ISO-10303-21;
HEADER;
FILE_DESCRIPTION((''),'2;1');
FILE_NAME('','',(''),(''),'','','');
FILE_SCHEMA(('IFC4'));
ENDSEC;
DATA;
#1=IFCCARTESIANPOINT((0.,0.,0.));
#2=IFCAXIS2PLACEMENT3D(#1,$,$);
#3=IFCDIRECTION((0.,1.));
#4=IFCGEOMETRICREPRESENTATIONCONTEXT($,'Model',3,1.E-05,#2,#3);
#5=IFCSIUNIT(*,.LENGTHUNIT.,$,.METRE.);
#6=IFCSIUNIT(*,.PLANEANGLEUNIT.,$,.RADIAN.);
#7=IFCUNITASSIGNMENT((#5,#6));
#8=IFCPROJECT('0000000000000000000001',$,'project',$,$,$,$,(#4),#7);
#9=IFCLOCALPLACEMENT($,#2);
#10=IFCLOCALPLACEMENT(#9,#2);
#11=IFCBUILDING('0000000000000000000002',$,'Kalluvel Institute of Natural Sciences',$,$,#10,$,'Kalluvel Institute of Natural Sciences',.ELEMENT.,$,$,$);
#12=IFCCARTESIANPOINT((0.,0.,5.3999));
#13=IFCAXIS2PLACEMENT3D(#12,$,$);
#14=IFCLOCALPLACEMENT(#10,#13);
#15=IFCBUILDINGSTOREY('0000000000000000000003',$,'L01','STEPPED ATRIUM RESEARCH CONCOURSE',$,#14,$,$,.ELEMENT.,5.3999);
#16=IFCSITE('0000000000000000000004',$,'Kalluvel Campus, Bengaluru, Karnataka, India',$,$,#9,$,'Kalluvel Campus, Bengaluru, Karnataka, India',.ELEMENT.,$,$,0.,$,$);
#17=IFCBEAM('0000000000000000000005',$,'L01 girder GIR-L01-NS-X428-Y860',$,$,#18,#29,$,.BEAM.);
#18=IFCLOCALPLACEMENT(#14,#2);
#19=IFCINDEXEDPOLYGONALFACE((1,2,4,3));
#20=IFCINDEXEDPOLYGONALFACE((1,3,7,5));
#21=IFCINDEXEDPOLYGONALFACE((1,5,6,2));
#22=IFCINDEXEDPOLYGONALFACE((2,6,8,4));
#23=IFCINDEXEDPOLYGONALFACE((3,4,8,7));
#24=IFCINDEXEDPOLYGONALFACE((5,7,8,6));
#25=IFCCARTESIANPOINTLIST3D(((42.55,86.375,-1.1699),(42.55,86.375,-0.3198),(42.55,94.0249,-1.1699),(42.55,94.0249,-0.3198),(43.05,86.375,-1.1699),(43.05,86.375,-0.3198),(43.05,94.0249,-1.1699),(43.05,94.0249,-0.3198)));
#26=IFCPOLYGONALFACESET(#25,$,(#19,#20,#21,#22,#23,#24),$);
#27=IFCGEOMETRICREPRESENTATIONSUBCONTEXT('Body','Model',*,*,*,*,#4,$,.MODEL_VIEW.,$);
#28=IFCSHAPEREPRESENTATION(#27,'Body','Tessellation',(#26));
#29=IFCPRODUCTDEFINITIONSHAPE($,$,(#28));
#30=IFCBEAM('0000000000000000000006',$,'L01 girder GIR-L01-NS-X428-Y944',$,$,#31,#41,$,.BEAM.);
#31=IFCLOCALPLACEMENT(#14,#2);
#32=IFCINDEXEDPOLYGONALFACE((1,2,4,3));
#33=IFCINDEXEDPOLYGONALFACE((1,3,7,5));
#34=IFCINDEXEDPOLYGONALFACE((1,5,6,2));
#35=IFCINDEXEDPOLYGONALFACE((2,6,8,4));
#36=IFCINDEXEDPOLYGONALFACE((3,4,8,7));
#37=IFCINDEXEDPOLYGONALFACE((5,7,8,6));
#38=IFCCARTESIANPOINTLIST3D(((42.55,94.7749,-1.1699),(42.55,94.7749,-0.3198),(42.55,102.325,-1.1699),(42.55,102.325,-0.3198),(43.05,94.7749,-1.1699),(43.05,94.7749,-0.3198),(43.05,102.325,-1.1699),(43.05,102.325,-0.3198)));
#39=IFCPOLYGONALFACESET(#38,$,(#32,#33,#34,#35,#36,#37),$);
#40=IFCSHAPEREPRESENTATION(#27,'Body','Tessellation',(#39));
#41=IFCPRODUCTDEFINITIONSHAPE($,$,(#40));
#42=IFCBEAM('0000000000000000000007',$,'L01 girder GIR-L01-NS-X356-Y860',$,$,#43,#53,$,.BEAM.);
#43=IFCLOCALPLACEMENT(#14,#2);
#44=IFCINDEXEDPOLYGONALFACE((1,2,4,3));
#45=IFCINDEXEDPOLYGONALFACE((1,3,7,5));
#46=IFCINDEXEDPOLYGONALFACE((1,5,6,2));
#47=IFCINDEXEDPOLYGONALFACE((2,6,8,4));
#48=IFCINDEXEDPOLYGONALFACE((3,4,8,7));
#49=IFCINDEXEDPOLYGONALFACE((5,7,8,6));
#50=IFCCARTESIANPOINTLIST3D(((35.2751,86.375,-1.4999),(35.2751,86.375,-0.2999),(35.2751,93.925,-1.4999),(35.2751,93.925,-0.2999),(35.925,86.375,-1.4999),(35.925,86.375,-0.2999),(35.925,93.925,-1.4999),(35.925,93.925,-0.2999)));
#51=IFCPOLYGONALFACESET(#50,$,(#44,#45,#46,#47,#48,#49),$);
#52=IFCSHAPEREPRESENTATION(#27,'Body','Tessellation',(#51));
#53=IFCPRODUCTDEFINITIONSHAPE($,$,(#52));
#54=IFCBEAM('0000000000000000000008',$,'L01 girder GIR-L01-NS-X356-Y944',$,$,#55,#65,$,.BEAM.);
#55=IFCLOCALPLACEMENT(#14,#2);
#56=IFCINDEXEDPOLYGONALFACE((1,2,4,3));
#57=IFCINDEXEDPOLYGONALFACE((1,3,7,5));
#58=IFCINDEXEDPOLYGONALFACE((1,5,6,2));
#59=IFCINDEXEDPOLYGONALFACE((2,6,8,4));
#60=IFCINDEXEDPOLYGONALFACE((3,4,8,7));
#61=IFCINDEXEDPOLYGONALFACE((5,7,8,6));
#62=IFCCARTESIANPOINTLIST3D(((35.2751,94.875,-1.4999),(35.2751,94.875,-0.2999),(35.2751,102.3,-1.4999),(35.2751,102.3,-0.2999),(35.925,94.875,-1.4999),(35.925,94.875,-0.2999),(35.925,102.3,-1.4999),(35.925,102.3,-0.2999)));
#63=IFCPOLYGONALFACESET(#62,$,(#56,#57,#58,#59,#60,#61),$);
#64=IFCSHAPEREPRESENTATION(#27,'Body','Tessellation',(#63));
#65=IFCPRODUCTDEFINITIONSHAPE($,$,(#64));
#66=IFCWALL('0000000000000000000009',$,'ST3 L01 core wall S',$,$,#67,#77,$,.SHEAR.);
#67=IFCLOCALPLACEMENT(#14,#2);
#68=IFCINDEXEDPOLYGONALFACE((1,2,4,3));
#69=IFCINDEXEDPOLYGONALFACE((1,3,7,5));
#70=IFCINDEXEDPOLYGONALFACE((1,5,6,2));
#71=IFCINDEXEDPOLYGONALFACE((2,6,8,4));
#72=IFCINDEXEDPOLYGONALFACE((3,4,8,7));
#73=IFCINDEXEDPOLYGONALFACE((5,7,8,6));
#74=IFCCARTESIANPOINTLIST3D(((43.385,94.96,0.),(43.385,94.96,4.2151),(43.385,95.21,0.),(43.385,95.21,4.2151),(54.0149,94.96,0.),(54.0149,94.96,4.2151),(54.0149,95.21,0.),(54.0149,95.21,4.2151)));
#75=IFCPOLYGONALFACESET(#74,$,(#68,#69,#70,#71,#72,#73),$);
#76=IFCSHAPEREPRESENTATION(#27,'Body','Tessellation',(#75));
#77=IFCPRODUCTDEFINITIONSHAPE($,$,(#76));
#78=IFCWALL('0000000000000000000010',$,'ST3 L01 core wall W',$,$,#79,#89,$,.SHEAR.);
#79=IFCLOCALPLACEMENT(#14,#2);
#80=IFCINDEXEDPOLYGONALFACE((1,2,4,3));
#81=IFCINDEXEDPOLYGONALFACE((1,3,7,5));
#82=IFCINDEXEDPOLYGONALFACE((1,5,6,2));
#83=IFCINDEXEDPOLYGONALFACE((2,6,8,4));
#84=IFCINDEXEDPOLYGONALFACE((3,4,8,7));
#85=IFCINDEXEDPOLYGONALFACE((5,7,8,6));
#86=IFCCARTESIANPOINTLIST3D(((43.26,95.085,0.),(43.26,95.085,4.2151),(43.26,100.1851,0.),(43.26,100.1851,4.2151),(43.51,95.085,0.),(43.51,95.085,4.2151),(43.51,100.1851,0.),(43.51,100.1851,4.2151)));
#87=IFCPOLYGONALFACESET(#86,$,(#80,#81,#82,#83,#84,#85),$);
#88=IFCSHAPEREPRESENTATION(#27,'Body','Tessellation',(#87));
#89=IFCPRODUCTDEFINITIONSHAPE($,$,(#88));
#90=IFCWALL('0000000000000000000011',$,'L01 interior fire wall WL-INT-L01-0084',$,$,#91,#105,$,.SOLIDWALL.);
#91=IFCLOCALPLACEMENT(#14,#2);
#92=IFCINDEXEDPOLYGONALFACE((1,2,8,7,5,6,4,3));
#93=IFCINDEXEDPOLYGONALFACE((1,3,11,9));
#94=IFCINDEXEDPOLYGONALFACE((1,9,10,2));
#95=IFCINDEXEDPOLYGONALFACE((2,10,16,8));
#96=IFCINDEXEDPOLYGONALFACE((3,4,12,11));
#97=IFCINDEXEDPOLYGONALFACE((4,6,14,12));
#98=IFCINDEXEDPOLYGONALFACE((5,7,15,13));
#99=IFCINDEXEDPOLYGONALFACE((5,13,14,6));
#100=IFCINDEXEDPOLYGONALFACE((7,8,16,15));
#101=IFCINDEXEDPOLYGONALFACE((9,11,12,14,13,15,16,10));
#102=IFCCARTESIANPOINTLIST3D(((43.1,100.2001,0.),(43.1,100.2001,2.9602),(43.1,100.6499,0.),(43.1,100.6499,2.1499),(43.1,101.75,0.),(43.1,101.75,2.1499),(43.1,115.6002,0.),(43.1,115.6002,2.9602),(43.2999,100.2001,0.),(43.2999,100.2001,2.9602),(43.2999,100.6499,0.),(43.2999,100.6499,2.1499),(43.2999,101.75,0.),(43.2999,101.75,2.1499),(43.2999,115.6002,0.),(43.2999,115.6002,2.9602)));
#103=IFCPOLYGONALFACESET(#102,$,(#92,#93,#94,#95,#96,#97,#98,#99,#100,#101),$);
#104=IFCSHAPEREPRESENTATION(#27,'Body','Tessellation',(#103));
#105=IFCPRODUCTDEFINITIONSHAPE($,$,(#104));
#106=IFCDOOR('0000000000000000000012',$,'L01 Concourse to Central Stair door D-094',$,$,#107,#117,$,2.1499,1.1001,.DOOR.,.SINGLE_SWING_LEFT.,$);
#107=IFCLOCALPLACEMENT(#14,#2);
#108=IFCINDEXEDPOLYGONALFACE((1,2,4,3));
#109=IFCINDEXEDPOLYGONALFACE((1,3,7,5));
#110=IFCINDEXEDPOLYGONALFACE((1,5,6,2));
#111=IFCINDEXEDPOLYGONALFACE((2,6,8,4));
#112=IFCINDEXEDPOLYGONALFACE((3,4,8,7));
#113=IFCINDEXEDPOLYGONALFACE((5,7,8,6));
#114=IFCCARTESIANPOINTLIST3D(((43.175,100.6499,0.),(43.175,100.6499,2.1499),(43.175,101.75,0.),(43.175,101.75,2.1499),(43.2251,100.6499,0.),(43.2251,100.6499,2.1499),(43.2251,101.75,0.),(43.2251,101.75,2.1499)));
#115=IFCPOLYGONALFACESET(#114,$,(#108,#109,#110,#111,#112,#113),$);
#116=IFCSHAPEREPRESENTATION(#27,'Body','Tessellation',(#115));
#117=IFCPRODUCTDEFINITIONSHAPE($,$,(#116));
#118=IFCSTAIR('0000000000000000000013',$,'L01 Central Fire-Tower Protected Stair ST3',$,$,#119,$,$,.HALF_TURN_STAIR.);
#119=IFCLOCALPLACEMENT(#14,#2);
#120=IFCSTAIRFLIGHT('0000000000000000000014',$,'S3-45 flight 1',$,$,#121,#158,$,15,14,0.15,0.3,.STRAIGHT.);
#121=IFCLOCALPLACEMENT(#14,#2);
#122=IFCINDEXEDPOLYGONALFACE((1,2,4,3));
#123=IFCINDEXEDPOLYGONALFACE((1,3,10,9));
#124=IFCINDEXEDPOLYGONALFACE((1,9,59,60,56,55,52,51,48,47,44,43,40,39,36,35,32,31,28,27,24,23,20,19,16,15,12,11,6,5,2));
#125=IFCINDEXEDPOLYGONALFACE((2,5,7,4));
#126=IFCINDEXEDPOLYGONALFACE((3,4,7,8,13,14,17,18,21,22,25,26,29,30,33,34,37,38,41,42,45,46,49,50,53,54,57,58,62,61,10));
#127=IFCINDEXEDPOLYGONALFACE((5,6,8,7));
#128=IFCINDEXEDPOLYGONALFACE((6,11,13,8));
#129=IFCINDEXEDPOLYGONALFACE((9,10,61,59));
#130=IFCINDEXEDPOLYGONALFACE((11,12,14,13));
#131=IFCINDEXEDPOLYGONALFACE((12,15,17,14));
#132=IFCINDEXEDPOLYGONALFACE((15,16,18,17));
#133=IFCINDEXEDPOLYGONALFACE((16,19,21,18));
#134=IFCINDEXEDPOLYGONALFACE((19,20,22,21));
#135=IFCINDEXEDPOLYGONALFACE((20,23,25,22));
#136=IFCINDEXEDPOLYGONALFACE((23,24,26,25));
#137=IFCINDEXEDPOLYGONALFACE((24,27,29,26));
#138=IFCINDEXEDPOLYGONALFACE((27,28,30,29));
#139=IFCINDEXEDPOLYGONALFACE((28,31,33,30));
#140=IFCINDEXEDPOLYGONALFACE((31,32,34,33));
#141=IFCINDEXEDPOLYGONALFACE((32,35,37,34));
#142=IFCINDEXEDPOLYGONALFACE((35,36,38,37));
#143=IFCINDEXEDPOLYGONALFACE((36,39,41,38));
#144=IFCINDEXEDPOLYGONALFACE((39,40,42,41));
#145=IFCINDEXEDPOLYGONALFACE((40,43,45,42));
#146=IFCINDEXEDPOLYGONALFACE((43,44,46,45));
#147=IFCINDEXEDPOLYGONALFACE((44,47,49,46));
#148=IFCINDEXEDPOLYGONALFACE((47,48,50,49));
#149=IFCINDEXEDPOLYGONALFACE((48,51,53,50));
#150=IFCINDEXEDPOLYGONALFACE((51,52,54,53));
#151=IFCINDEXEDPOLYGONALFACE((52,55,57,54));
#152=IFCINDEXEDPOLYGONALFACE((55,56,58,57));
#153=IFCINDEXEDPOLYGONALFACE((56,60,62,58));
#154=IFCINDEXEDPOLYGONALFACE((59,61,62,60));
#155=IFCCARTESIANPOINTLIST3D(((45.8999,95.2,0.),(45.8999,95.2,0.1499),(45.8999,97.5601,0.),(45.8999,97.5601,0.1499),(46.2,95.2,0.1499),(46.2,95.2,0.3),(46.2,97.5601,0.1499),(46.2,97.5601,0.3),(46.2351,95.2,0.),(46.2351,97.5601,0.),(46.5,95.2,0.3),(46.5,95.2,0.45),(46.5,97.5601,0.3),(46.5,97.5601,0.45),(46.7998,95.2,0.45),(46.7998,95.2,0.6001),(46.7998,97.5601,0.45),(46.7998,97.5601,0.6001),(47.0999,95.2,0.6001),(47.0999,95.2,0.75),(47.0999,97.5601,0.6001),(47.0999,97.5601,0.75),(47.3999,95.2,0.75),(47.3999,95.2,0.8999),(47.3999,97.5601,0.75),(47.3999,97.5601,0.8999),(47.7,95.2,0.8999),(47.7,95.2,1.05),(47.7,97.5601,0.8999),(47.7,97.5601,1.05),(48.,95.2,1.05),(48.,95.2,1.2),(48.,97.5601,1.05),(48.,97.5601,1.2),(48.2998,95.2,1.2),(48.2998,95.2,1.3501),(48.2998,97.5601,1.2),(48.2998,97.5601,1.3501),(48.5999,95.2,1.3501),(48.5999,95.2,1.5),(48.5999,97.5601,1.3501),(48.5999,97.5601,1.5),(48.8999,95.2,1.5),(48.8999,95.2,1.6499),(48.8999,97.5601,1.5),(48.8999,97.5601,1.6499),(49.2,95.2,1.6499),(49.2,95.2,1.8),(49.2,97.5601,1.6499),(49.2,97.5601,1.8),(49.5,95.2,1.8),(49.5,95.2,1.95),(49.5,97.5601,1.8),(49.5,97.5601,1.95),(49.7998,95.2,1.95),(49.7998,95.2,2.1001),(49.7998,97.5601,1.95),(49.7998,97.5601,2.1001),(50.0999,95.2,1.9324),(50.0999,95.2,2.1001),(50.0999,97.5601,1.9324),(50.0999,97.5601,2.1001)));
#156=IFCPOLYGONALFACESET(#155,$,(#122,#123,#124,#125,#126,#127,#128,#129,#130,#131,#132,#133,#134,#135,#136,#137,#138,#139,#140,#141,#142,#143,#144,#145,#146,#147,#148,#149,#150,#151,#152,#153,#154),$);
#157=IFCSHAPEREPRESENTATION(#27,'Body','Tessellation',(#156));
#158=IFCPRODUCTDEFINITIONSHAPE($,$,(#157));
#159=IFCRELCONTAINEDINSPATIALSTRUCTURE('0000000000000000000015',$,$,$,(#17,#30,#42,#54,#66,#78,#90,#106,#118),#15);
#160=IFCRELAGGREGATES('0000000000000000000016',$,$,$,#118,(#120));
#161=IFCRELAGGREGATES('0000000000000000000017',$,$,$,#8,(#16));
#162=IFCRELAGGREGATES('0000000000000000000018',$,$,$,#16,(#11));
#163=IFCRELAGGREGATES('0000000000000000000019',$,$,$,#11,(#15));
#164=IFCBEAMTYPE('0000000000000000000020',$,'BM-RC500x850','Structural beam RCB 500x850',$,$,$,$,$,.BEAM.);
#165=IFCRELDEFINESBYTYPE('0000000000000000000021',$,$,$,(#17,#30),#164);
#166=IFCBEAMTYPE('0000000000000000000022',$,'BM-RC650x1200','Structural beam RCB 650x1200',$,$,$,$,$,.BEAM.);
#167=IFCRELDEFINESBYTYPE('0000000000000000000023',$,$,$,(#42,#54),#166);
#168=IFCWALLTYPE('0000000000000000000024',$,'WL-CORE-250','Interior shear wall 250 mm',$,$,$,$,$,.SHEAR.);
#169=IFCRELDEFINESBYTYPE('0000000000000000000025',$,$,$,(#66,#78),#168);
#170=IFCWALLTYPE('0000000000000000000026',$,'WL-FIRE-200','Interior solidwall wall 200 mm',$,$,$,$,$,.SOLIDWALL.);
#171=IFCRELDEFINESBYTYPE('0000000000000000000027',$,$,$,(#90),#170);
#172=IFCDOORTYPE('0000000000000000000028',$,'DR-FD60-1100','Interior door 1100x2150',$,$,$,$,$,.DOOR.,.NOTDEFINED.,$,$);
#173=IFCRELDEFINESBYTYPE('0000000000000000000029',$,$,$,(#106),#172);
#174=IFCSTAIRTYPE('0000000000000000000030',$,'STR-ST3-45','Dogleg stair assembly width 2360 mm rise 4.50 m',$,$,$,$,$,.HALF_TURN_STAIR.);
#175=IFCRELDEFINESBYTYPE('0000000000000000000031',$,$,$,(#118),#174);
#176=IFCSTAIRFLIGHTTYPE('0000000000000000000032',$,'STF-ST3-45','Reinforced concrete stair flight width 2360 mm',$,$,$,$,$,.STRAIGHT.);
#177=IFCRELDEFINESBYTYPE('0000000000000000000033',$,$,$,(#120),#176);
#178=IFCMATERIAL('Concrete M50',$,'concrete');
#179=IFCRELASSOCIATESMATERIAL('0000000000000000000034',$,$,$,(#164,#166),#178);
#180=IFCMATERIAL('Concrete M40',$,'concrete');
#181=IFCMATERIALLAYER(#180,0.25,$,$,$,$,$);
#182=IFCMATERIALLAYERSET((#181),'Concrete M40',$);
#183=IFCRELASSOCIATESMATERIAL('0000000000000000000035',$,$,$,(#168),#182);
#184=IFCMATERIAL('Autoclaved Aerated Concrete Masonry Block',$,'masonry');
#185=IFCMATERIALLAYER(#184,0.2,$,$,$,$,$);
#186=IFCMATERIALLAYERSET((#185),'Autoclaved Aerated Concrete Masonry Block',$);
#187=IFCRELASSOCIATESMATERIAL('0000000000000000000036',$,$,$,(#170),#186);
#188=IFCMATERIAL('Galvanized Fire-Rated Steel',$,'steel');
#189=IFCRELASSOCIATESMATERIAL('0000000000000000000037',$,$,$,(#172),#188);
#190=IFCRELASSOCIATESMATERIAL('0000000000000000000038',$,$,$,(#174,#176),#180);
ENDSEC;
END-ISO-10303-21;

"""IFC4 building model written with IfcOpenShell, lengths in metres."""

from ifc_helpers import new_model, si_unit, direction, frame, frame_2d, origin, origin_2d, place, context, subcontext, project, spatial, polyline, rectangle, outline, extrude, material, layer, layer_set, material_profile, profile_set, type_object, element, fill, aggregate, save


model = new_model("IFC4")

# Units and contexts
model_context = context("Model", 3, precision=1e-05, world=origin(), true_north=direction((0.0, 1.0)))
body_context = subcontext(model_context, "Body", "Model", "MODEL_VIEW")
ifc_project = project(units=[si_unit("LENGTHUNIT", "METRE"), si_unit("PLANEANGLEUNIT", "RADIAN")], contexts=[model_context])

# Site, building, storey
site_placement = place(None, origin())
site = spatial("IfcSite", under=ifc_project, at=site_placement, Name="Kalluvel Campus, Bengaluru, Karnataka, India", LongName="Kalluvel Campus, Bengaluru, Karnataka, India", CompositionType="ELEMENT", RefElevation=0.0)
building_placement = place(site_placement, origin())
building = spatial("IfcBuilding", under=site, at=building_placement, Name="Kalluvel Institute of Natural Sciences", LongName="Kalluvel Institute of Natural Sciences", CompositionType="ELEMENT")
storey_placement = place(building_placement, frame((0.0, 0.0, 5.3999)))
storey = spatial("IfcBuildingStorey", under=building, at=storey_placement, Name="L01", Description="STEPPED ATRIUM RESEARCH CONCOURSE", CompositionType="ELEMENT", Elevation=5.3999)

# Shared definitions
ifc_material_1 = material(Name="Concrete M50", Category="concrete")
ifc_material_2 = material(Name="Concrete M40", Category="concrete")

# Beams
ifc_material_profile_1 = material_profile(ifc_material_1, rectangle(XDim=0.5, YDim=0.8501, at=origin_2d()), Name="RCB 500x850")
ifc_profile_set_1 = profile_set([ifc_material_profile_1], Name="Concrete M50")
beam_type_1 = type_object("IfcBeamType", Name="BM-RC500x850", Description="Structural beam RCB 500x850", PredefinedType="BEAM", material=ifc_profile_set_1)
beam_1_placement = place(storey_placement, frame((42.8, 86.375, -0.7449), z_axis=(0.0, 1.0, 0.0), x_axis=(-1.0, 0.0, 0.0)))
element("IfcBeam", 1, at=beam_1_placement, inside=storey, type_object=beam_type_1, Name="L01 girder GIR-L01-NS-X428-Y860", PredefinedType="BEAM", context=body_context, shape_type="SweptSolid", body=[
    extrude(rectangle(XDim=0.5, YDim=0.8501, at=origin_2d()), origin(), (0.0, 0.0, 1.0), 7.6499),
])
beam_2_placement = place(storey_placement, frame((42.8, 94.7749, -0.7449), z_axis=(0.0, 1.0, 0.0), x_axis=(-1.0, 0.0, 0.0)))
element("IfcBeam", 2, at=beam_2_placement, inside=storey, type_object=beam_type_1, Name="L01 girder GIR-L01-NS-X428-Y944", PredefinedType="BEAM", context=body_context, shape_type="SweptSolid", body=[
    extrude(rectangle(XDim=0.5, YDim=0.8501, at=origin_2d()), origin(), (0.0, 0.0, 1.0), 7.55),
])
ifc_material_profile_2 = material_profile(ifc_material_1, rectangle(XDim=0.6499, YDim=1.2, at=origin_2d()), Name="RCB 650x1200")
ifc_profile_set_2 = profile_set([ifc_material_profile_2], Name="Concrete M50")
beam_type_2 = type_object("IfcBeamType", Name="BM-RC650x1200", Description="Structural beam RCB 650x1200", PredefinedType="BEAM", material=ifc_profile_set_2)
beam_3_placement = place(storey_placement, frame((35.6001, 86.375, -0.8999), z_axis=(0.0, 1.0, 0.0), x_axis=(-1.0, 0.0, 0.0)))
element("IfcBeam", 3, at=beam_3_placement, inside=storey, type_object=beam_type_2, Name="L01 girder GIR-L01-NS-X356-Y860", PredefinedType="BEAM", context=body_context, shape_type="SweptSolid", body=[
    extrude(rectangle(XDim=0.6499, YDim=1.2, at=origin_2d()), origin(), (0.0, 0.0, 1.0), 7.55),
])
beam_4_placement = place(storey_placement, frame((35.6001, 94.875, -0.8999), z_axis=(0.0, 1.0, 0.0), x_axis=(-1.0, 0.0, 0.0)))
element("IfcBeam", 4, at=beam_4_placement, inside=storey, type_object=beam_type_2, Name="L01 girder GIR-L01-NS-X356-Y944", PredefinedType="BEAM", context=body_context, shape_type="SweptSolid", body=[
    extrude(rectangle(XDim=0.6499, YDim=1.2, at=origin_2d()), origin(), (0.0, 0.0, 1.0), 7.425),
])

# Walls
ifc_layer_1 = layer(ifc_material_2, 0.25)
ifc_layer_set_1 = layer_set([ifc_layer_1], Name="Concrete M40")
wall_type_1 = type_object("IfcWallType", Name="WL-CORE-250", Description="Interior shear wall 250 mm", PredefinedType="SHEAR", material=ifc_layer_set_1)
wall_1_placement = place(storey_placement, frame((43.385, 95.085, 0.0), z_axis=(0.0, 0.0, 1.0), x_axis=(1.0, 0.0, 0.0)))
element("IfcWall", 5, at=wall_1_placement, inside=storey, type_object=wall_type_1, Name="ST3 L01 core wall S", PredefinedType="SHEAR", context=body_context, shape_type="SweptSolid", body=[
    extrude(rectangle(XDim=10.6299, YDim=0.25, at=frame_2d((5.3149, 0.0))), origin(), (0.0, 0.0, 1.0), 4.2151),
])
wall_2_placement = place(storey_placement, frame((43.385, 100.1851, 0.0), z_axis=(0.0, 0.0, 1.0), x_axis=(0.0, -1.0, 0.0)))
element("IfcWall", 6, at=wall_2_placement, inside=storey, type_object=wall_type_1, Name="ST3 L01 core wall W", PredefinedType="SHEAR", context=body_context, shape_type="SweptSolid", body=[
    extrude(rectangle(XDim=5.1001, YDim=0.25, at=frame_2d((2.55, 0.0))), origin(), (0.0, 0.0, 1.0), 4.2151),
])

# Wall, opening, door
ifc_material_3 = material(Name="Autoclaved Aerated Concrete Masonry Block", Category="masonry")
ifc_layer_2 = layer(ifc_material_3, 0.2)
ifc_layer_set_2 = layer_set([ifc_layer_2], Name="Autoclaved Aerated Concrete Masonry Block")
wall_type_2 = type_object("IfcWallType", Name="WL-FIRE-200", Description="Interior solidwall wall 200 mm", PredefinedType="SOLIDWALL", material=ifc_layer_set_2)
ifc_material_4 = material(Name="Galvanized Fire-Rated Steel", Category="steel")
door_type = type_object("IfcDoorType", Name="DR-FD60-1100", Description="Interior door 1100x2150", OperationType="NOTDEFINED", PredefinedType="DOOR", material=ifc_material_4)
wall_3_placement = place(storey_placement, frame((43.2, 100.2, 0.0), z_axis=(0.0, 0.0, 1.0), x_axis=(0.0, 1.0, 0.0)))
wall_3 = element("IfcWall", 7, at=wall_3_placement, inside=storey, type_object=wall_type_2, Name="L01 interior fire wall WL-INT-L01-0084", PredefinedType="SOLIDWALL", context=body_context, shape_type="SweptSolid", body=[
    extrude(rectangle(XDim=15.4001, YDim=0.2, at=frame_2d((7.7002, 0.0))), origin(), (0.0, 0.0, 1.0), 2.9602),
])
opening_1_placement = place(wall_3_placement, frame((0.45, 0.0, 0.0)))
opening_1 = element("IfcOpeningElement", 8, at=opening_1_placement, cuts=wall_3, PredefinedType="OPENING", context=body_context, shape_type="SweptSolid", body=[
    extrude(rectangle(XDim=1.1001, YDim=2.1499, at=frame_2d((0.55, 1.075))), frame((0.0, 0.1099, 0.0), z_axis=(0.0, -1.0, 0.0), x_axis=(1.0, 0.0, 0.0)), (0.0, 0.0, 1.0), 0.22),
])
door_1_placement = place(opening_1_placement, origin())
door_1 = element("IfcDoor", 9, at=door_1_placement, inside=storey, type_object=door_type, Name="L01 Concourse to Central Stair door D-094", OperationType="SINGLE_SWING_LEFT", OverallHeight=2.1499, OverallWidth=1.1001, PredefinedType="DOOR", context=body_context, shape_type="SweptSolid", body=[
    extrude(rectangle(XDim=1.1001, YDim=2.1499, at=frame_2d((0.55, 1.075))), frame((0.0, 0.0249, 0.0), z_axis=(0.0, -1.0, 0.0), x_axis=(1.0, 0.0, 0.0)), (0.0, 0.0, 1.0), 0.05),
])
fill(opening_1, door_1)

# Stair, stair flight
stair_type = type_object("IfcStairType", Name="STR-ST3-45", Description="Dogleg stair assembly width 2360 mm rise 4.50 m", PredefinedType="HALF_TURN_STAIR", material=ifc_material_2)
stair_placement = place(storey_placement, origin())
stair = element("IfcStair", 10, at=stair_placement, inside=storey, type_object=stair_type, Name="L01 Central Fire-Tower Protected Stair ST3", PredefinedType="HALF_TURN_STAIR")
stair_flight_type = type_object("IfcStairFlightType", Name="STF-ST3-45", Description="Reinforced concrete stair flight width 2360 mm", PredefinedType="STRAIGHT", material=ifc_material_2)
stair_flight_1_placement = place(storey_placement, frame((45.8999, 96.3799, 0.0), z_axis=(0.0, 0.0, 1.0), x_axis=(1.0, 0.0, 0.0)))
stair_flight_1 = element("IfcStairFlight", 11, at=stair_flight_1_placement, type_object=stair_flight_type, Name="S3-45 flight 1", NumberOfRisers=15, NumberOfTreads=14, PredefinedType="STRAIGHT", RiserHeight=0.15, TreadLength=0.3, context=body_context, shape_type="SweptSolid", body=[
    extrude(outline(polyline([(0.0, 0.0), (0.0, 0.1499), (0.3, 0.1499), (0.3, 0.3), (0.6001, 0.3), (0.6001, 0.45), (0.8999, 0.45), (0.8999, 0.6001), (1.2, 0.6001), (1.2, 0.75), (1.5, 0.75), (1.5, 0.8999), (1.8, 0.8999), (1.8, 1.05), (2.1001, 1.05), (2.1001, 1.2), (2.3999, 1.2), (2.3999, 1.3501), (2.7, 1.3501), (2.7, 1.5), (3.0, 1.5), (3.0, 1.6499), (3.3, 1.6499), (3.3, 1.8), (3.6001, 1.8), (3.6001, 1.95), (3.8999, 1.95), (3.8999, 2.1001), (4.2, 2.1001), (4.2, 2.25), (4.2, 1.9324), (0.3352, 0.0), (0.0, 0.0)])), frame((0.0, 1.1802, 0.0), z_axis=(0.0, -1.0, 0.0), x_axis=(1.0, 0.0, 0.0)), (0.0, 0.0, 1.0), 2.3601),
])
aggregate(stair, [stair_flight_1])

save(model, "model.ifc")
